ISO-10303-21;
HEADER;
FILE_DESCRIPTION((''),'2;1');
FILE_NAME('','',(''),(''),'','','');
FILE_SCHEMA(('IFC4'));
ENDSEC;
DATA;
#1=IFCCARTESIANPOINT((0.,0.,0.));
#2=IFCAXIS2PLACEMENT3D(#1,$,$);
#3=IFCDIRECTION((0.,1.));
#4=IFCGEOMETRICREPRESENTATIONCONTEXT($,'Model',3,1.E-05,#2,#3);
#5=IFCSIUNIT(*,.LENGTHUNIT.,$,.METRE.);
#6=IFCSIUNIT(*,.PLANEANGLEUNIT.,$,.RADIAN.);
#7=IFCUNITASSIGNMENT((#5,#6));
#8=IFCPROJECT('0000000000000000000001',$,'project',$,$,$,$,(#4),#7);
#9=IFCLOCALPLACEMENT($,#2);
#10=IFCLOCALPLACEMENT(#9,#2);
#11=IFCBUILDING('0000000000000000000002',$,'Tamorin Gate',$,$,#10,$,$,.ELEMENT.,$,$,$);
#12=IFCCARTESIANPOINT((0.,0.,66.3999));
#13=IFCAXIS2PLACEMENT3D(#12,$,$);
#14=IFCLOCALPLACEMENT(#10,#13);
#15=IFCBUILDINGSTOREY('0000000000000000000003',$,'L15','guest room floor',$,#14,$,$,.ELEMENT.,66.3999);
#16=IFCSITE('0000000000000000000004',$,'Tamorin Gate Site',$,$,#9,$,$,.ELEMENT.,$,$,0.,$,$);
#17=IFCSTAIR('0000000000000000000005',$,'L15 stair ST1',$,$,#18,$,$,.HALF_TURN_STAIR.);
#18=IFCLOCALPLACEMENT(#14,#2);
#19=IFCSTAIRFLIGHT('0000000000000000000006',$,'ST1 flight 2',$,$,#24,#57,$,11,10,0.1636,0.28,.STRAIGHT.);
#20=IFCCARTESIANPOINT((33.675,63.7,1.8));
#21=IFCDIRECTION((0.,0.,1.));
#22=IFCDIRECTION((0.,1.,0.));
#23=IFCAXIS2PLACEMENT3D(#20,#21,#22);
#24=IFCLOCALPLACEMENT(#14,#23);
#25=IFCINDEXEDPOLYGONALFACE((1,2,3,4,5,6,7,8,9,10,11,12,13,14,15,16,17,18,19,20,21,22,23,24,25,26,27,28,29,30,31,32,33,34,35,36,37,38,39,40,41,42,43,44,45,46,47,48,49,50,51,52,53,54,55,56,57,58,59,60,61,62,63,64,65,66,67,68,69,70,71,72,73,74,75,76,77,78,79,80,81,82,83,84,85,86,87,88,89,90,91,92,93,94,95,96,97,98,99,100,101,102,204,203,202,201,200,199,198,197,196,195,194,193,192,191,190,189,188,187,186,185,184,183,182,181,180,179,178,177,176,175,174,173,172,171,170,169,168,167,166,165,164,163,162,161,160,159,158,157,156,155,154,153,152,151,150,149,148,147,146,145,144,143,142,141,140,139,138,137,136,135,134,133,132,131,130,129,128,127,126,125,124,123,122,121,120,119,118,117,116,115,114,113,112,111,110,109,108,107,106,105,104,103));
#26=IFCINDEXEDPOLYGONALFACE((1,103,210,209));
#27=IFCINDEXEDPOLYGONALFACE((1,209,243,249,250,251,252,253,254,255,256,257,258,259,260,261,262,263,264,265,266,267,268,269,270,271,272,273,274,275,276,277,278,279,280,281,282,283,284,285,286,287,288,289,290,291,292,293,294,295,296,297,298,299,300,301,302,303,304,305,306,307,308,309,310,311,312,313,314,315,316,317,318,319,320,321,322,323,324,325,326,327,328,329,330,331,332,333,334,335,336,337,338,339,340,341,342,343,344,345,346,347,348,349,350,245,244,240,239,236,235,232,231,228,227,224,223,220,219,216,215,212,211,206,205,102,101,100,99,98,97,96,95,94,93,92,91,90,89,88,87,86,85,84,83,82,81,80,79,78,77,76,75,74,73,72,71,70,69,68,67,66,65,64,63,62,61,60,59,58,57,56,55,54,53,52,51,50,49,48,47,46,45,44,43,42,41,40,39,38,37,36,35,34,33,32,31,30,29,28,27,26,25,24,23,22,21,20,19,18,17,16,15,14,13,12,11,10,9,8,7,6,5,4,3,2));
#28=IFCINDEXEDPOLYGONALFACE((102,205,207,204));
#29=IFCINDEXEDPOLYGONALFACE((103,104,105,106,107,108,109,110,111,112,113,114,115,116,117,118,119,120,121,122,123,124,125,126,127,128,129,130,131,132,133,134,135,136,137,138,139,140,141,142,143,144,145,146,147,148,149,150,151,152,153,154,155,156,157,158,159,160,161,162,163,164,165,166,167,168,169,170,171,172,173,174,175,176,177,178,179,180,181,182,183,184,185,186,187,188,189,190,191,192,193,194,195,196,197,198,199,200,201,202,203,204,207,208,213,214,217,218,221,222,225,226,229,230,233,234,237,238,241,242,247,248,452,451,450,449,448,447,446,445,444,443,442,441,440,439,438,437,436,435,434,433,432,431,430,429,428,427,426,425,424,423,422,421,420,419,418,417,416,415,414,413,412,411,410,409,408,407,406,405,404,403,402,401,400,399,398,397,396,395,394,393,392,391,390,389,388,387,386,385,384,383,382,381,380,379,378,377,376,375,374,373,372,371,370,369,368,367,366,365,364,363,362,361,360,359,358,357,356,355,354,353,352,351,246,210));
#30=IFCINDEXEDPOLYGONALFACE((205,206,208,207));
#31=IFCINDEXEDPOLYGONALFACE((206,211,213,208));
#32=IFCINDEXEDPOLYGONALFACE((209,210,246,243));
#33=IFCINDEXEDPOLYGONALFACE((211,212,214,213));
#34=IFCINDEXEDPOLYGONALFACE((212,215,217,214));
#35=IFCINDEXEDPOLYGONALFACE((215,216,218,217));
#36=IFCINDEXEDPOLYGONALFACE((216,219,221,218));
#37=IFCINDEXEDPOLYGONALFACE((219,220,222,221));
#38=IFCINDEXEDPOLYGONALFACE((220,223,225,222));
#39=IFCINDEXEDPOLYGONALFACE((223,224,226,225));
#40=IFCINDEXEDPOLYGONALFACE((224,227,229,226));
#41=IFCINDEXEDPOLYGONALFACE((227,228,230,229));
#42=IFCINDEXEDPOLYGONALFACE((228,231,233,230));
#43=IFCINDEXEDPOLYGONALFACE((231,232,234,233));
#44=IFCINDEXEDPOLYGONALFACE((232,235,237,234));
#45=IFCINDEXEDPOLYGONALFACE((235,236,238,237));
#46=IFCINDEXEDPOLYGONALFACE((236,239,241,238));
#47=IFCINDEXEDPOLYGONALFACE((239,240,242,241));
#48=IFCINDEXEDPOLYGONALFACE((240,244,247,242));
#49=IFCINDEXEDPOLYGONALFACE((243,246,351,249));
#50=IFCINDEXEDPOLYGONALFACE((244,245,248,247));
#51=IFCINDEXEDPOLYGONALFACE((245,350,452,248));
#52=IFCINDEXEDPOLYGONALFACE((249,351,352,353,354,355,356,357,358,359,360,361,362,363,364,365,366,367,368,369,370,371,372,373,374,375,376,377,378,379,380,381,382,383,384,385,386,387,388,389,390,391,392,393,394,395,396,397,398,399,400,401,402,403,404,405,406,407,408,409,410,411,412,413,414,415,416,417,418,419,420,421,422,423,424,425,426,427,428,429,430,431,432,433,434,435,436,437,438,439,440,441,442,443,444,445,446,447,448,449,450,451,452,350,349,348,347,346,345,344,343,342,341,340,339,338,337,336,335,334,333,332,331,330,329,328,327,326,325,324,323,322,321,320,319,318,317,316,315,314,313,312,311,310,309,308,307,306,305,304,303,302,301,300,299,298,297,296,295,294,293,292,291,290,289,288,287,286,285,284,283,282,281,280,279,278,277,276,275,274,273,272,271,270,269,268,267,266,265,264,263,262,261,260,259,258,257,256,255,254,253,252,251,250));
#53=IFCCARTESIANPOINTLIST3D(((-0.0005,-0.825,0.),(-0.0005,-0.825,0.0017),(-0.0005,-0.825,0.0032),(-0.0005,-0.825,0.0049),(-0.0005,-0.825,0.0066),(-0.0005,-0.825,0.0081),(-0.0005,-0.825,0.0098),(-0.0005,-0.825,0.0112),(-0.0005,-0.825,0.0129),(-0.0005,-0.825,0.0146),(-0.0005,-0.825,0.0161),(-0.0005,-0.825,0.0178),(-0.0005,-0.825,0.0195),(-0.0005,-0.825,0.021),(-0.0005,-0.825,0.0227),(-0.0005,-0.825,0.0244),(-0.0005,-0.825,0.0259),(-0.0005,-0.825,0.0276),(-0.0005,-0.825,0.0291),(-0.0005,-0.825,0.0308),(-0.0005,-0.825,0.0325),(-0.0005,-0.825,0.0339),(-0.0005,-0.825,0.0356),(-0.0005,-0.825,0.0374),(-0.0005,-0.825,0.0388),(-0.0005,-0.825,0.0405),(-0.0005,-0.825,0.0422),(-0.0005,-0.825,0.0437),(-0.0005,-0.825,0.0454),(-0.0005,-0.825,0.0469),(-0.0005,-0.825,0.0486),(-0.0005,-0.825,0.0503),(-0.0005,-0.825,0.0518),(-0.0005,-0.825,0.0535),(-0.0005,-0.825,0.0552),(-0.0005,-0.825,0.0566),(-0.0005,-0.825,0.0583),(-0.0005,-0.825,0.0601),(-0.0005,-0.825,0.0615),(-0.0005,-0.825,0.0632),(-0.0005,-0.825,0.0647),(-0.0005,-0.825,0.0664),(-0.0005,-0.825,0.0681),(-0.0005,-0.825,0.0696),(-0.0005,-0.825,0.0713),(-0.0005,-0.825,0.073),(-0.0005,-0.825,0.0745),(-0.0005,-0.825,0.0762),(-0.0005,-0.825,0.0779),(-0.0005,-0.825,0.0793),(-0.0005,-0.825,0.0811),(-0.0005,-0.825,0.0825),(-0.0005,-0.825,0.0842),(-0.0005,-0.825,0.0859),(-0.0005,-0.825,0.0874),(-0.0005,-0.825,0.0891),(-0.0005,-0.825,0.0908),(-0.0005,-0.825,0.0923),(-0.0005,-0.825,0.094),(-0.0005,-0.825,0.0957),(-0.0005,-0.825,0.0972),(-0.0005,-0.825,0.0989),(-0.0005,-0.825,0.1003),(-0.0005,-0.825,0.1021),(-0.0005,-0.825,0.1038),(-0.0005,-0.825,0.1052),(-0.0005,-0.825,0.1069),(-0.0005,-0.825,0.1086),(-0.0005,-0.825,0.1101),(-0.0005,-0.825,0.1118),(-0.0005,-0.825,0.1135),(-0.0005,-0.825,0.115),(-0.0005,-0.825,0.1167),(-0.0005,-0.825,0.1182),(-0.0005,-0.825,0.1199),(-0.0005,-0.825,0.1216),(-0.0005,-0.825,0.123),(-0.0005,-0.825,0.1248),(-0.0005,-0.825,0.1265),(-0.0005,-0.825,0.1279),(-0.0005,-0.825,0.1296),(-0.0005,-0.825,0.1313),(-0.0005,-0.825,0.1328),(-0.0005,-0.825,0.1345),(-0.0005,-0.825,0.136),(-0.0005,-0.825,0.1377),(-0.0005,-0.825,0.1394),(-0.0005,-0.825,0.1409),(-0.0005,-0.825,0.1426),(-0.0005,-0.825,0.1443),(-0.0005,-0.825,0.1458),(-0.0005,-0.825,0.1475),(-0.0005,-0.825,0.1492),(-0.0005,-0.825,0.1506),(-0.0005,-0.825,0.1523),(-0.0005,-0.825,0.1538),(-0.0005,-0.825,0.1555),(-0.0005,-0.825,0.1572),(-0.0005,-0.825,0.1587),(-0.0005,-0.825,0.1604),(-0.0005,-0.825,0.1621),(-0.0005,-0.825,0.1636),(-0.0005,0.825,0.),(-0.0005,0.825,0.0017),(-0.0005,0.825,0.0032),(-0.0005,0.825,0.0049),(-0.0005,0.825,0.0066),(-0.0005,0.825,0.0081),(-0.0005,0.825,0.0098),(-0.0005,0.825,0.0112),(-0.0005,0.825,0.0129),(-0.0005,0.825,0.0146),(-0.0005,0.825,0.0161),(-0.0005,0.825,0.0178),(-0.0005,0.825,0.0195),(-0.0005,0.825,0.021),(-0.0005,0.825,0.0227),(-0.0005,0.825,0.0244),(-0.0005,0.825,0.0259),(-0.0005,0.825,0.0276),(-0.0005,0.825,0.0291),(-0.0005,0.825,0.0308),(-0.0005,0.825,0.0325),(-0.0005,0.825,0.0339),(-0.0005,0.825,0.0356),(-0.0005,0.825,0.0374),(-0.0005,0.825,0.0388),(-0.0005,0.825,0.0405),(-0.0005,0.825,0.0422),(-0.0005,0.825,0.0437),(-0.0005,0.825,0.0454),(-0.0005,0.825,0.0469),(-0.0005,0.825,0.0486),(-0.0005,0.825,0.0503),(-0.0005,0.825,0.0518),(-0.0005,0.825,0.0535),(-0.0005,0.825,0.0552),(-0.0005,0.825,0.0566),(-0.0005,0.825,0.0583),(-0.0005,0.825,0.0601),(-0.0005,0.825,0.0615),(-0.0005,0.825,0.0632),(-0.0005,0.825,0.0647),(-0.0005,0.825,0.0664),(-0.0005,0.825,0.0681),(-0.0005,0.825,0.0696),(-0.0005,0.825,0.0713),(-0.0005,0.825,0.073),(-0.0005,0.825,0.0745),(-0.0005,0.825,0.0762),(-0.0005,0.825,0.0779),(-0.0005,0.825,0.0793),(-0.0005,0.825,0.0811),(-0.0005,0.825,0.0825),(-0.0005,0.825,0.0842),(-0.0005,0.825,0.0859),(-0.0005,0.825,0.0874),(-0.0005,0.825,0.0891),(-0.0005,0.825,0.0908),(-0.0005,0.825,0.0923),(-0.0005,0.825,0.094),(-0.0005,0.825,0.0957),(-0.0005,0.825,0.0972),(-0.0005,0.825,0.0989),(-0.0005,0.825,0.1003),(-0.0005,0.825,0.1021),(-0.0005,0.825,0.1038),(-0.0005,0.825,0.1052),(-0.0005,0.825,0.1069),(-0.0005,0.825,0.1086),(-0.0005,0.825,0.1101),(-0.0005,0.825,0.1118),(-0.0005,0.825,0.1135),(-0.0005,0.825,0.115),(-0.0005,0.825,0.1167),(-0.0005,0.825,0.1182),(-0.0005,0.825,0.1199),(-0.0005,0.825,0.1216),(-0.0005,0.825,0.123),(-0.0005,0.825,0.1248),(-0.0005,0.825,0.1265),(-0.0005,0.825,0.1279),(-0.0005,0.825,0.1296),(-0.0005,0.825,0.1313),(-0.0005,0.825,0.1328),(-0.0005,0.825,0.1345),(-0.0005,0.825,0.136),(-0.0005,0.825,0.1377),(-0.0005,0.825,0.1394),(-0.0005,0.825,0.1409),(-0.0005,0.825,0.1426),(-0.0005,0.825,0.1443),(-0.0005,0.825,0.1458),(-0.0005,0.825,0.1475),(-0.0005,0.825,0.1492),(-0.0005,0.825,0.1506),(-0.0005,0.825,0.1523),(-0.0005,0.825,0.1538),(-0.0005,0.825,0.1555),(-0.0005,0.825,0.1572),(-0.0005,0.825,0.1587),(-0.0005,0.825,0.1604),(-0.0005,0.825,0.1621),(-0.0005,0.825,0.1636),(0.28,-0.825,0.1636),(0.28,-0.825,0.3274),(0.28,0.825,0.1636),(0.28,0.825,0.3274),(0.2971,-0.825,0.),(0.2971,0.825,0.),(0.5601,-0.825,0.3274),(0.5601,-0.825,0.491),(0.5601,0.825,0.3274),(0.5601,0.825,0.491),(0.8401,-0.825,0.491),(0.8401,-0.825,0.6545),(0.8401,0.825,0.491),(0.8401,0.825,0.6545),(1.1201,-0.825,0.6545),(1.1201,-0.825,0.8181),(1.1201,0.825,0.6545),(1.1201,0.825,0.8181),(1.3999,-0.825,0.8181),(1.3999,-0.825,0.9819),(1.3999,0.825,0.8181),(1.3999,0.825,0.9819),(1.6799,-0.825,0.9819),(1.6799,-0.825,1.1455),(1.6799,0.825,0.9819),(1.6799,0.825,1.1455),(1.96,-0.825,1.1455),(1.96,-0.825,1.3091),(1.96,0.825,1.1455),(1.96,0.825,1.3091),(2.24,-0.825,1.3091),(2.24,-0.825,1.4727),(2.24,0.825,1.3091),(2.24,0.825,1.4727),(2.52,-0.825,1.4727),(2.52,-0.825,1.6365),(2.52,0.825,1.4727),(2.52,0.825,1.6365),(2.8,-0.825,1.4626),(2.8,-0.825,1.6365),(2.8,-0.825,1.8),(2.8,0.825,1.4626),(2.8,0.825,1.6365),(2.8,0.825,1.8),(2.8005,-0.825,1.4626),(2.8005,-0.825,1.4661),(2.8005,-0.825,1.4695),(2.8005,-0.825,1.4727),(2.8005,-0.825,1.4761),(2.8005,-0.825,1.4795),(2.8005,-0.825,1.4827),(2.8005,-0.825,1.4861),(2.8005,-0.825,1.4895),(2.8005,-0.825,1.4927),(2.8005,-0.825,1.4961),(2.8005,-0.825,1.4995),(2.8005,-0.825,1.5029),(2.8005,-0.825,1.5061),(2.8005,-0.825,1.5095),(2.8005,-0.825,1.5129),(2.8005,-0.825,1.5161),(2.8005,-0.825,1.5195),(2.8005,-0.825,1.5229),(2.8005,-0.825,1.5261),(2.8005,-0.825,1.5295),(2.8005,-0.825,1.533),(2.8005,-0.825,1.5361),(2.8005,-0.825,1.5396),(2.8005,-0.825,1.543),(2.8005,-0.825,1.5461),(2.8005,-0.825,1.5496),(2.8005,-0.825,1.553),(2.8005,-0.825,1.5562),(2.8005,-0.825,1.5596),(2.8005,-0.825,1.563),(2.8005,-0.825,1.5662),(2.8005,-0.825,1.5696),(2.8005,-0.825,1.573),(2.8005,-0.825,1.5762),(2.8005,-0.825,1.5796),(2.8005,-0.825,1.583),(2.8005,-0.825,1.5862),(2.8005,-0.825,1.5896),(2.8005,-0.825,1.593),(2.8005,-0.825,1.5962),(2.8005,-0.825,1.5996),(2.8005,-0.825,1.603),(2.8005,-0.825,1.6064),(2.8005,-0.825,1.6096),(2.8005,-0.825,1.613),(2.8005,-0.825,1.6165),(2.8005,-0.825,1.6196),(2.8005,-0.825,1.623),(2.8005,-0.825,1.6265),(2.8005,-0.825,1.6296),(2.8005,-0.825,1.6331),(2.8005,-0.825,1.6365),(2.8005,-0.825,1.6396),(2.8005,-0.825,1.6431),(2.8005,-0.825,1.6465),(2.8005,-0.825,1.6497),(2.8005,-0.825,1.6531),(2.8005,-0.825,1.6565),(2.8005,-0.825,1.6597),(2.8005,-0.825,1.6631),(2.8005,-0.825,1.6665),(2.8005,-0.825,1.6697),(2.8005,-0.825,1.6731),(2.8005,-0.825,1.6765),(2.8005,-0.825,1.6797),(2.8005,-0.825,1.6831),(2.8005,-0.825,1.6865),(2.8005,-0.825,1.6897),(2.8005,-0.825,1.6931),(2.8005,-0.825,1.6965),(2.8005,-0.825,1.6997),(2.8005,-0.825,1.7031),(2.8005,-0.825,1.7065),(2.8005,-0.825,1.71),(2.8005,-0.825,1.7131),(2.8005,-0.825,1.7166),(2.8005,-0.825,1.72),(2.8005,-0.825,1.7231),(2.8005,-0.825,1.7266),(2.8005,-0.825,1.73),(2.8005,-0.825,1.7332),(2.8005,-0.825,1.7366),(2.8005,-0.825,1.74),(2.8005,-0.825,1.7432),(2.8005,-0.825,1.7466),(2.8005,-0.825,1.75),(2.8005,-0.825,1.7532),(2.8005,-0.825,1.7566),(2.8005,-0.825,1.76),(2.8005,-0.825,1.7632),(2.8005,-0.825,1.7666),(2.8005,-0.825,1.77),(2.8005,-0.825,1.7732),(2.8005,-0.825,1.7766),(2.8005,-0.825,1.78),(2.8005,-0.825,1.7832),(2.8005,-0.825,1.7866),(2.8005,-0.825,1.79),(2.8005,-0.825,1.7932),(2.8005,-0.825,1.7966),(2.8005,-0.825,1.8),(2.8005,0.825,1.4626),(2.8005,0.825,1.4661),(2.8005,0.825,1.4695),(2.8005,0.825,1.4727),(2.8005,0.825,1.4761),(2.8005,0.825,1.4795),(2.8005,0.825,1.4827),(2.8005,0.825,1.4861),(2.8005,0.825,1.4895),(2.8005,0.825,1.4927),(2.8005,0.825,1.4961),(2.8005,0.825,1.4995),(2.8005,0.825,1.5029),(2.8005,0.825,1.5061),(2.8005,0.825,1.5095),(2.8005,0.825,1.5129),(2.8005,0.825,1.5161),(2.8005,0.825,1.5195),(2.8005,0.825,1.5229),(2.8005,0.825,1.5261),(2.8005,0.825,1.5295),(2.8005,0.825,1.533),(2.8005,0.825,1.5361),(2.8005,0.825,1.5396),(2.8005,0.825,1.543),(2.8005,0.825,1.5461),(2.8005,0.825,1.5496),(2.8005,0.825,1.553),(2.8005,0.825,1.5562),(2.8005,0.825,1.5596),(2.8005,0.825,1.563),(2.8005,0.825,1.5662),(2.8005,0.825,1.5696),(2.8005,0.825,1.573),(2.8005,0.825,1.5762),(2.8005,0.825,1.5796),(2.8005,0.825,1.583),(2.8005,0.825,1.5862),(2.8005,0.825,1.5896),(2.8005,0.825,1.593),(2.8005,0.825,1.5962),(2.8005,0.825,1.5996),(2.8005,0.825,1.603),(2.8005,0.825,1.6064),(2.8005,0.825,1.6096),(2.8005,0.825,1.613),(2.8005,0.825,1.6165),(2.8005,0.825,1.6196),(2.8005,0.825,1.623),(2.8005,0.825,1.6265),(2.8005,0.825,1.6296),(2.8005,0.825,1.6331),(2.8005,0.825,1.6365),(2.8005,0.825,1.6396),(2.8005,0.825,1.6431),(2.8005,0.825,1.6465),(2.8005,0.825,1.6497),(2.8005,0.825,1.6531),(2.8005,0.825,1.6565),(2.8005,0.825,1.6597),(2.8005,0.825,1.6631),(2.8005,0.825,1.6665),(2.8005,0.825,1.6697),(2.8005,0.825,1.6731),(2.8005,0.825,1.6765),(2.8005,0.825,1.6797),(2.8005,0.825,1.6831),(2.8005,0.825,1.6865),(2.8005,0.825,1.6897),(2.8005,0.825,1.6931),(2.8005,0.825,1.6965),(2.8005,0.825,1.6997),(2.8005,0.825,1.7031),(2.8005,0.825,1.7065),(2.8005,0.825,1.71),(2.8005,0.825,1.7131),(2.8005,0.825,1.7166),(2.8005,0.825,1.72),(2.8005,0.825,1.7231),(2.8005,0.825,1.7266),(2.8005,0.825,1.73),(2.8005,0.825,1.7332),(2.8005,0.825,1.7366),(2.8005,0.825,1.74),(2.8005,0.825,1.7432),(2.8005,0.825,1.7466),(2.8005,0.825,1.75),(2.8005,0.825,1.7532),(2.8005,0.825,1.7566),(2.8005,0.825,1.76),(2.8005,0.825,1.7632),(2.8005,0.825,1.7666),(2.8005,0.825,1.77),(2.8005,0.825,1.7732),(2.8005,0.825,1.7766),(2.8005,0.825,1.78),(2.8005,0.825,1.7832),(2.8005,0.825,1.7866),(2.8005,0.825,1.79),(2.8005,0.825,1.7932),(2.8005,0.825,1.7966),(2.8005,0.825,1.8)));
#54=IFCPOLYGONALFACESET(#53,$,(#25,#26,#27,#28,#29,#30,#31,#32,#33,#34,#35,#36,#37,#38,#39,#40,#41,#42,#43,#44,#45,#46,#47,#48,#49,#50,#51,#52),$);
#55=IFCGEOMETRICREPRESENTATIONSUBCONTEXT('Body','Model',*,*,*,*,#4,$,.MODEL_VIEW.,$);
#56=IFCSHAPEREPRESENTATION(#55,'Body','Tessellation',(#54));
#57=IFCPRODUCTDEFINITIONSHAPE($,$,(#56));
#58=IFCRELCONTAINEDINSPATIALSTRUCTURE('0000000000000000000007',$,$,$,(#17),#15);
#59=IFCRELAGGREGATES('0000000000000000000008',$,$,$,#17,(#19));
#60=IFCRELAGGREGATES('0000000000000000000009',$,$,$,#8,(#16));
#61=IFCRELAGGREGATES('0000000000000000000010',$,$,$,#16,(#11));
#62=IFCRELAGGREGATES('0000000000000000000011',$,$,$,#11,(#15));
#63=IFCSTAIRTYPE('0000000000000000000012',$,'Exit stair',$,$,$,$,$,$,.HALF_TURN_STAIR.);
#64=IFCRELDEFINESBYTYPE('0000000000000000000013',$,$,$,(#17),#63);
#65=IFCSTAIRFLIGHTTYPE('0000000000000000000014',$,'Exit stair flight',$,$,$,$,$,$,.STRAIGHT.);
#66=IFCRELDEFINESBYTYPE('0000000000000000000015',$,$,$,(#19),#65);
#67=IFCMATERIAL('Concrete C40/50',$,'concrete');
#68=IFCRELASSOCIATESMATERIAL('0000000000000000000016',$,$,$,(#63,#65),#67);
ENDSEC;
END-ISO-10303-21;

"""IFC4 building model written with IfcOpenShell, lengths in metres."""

from ifc_helpers import new_model, si_unit, direction, frame, origin, place, context, subcontext, project, spatial, polyline, outline, extrude, material, type_object, element, aggregate, save


model = new_model("IFC4")

# Units and contexts
model_context = context("Model", 3, precision=1e-05, world=origin(), true_north=direction((0.0, 1.0)))
body_context = subcontext(model_context, "Body", "Model", "MODEL_VIEW")
ifc_project = project(units=[si_unit("LENGTHUNIT", "METRE"), si_unit("PLANEANGLEUNIT", "RADIAN")], contexts=[model_context])

# Site, building, storey
site_placement = place(None, origin())
site = spatial("IfcSite", under=ifc_project, at=site_placement, Name="Tamorin Gate Site", CompositionType="ELEMENT", RefElevation=0.0)
building_placement = place(site_placement, origin())
building = spatial("IfcBuilding", under=site, at=building_placement, Name="Tamorin Gate", CompositionType="ELEMENT")
storey_placement = place(building_placement, frame((0.0, 0.0, 66.3999)))
storey = spatial("IfcBuildingStorey", under=building, at=storey_placement, Name="L15", Description="guest room floor", CompositionType="ELEMENT", Elevation=66.3999)

# Shared definitions
ifc_material_1 = material(Name="Concrete C40/50", Category="concrete")

# Stair, stair flight
stair_type = type_object("IfcStairType", Name="Exit stair", PredefinedType="HALF_TURN_STAIR", material=ifc_material_1)
stair_placement = place(storey_placement, origin())
stair = element("IfcStair", 1, at=stair_placement, inside=storey, type_object=stair_type, Name="L15 stair ST1", PredefinedType="HALF_TURN_STAIR")
stair_flight_type = type_object("IfcStairFlightType", Name="Exit stair flight", PredefinedType="STRAIGHT", material=ifc_material_1)
stair_flight_1_placement = place(storey_placement, frame((33.675, 63.7, 1.8), z_axis=(0.0, 0.0, 1.0), x_axis=(0.0, 1.0, 0.0)))
stair_flight_1 = element("IfcStairFlight", 2, at=stair_flight_1_placement, type_object=stair_flight_type, Name="ST1 flight 2", NumberOfRisers=11, NumberOfTreads=10, PredefinedType="STRAIGHT", RiserHeight=0.1636, TreadLength=0.28, context=body_context, shape_type="SweptSolid", body=[
    extrude(outline(polyline([(-0.0005, 0.0), (-0.0005, 0.0017), (-0.0005, 0.0032), (-0.0005, 0.0049), (-0.0005, 0.0066), (-0.0005, 0.0081), (-0.0005, 0.0098), (-0.0005, 0.0112), (-0.0005, 0.0129), (-0.0005, 0.0146), (-0.0005, 0.0161), (-0.0005, 0.0178), (-0.0005, 0.0195), (-0.0005, 0.021), (-0.0005, 0.0227), (-0.0005, 0.0244), (-0.0005, 0.0259), (-0.0005, 0.0276), (-0.0005, 0.0291), (-0.0005, 0.0308), (-0.0005, 0.0325), (-0.0005, 0.0339), (-0.0005, 0.0356), (-0.0005, 0.0374), (-0.0005, 0.0388), (-0.0005, 0.0405), (-0.0005, 0.0422), (-0.0005, 0.0437), (-0.0005, 0.0454), (-0.0005, 0.0469), (-0.0005, 0.0486), (-0.0005, 0.0503), (-0.0005, 0.0518), (-0.0005, 0.0535), (-0.0005, 0.0552), (-0.0005, 0.0566), (-0.0005, 0.0583), (-0.0005, 0.0601), (-0.0005, 0.0615), (-0.0005, 0.0632), (-0.0005, 0.0647), (-0.0005, 0.0664), (-0.0005, 0.0681), (-0.0005, 0.0696), (-0.0005, 0.0713), (-0.0005, 0.073), (-0.0005, 0.0745), (-0.0005, 0.0762), (-0.0005, 0.0779), (-0.0005, 0.0793), (-0.0005, 0.0811), (-0.0005, 0.0825), (-0.0005, 0.0842), (-0.0005, 0.0859), (-0.0005, 0.0874), (-0.0005, 0.0891), (-0.0005, 0.0908), (-0.0005, 0.0923), (-0.0005, 0.094), (-0.0005, 0.0957), (-0.0005, 0.0972), (-0.0005, 0.0989), (-0.0005, 0.1003), (-0.0005, 0.1021), (-0.0005, 0.1038), (-0.0005, 0.1052), (-0.0005, 0.1069), (-0.0005, 0.1086), (-0.0005, 0.1101), (-0.0005, 0.1118), (-0.0005, 0.1135), (-0.0005, 0.115), (-0.0005, 0.1167), (-0.0005, 0.1182), (-0.0005, 0.1199), (-0.0005, 0.1216), (-0.0005, 0.123), (-0.0005, 0.1248), (-0.0005, 0.1265), (-0.0005, 0.1279), (-0.0005, 0.1296), (-0.0005, 0.1313), (-0.0005, 0.1328), (-0.0005, 0.1345), (-0.0005, 0.136), (-0.0005, 0.1377), (-0.0005, 0.1394), (-0.0005, 0.1409), (-0.0005, 0.1426), (-0.0005, 0.1443), (-0.0005, 0.1458), (-0.0005, 0.1475), (-0.0005, 0.1492), (-0.0005, 0.1506), (-0.0005, 0.1523), (-0.0005, 0.1538), (-0.0005, 0.1555), (-0.0005, 0.1572), (-0.0005, 0.1587), (-0.0005, 0.1604), (-0.0005, 0.1621), (-0.0005, 0.1636), (0.28, 0.1636), (0.28, 0.3274), (0.5601, 0.3274), (0.5601, 0.491), (0.8401, 0.491), (0.8401, 0.6545), (1.1201, 0.6545), (1.1201, 0.8181), (1.3999, 0.8181), (1.3999, 0.9819), (1.6799, 0.9819), (1.6799, 1.1455), (1.96, 1.1455), (1.96, 1.3091), (2.24, 1.3091), (2.24, 1.4727), (2.52, 1.4727), (2.52, 1.6365), (2.8, 1.6365), (2.8, 1.8), (2.8005, 1.8), (2.8005, 1.7966), (2.8005, 1.7932), (2.8005, 1.79), (2.8005, 1.7866), (2.8005, 1.7832), (2.8005, 1.78), (2.8005, 1.7766), (2.8005, 1.7732), (2.8005, 1.77), (2.8005, 1.7666), (2.8005, 1.7632), (2.8005, 1.76), (2.8005, 1.7566), (2.8005, 1.7532), (2.8005, 1.75), (2.8005, 1.7466), (2.8005, 1.7432), (2.8005, 1.74), (2.8005, 1.7366), (2.8005, 1.7332), (2.8005, 1.73), (2.8005, 1.7266), (2.8005, 1.7231), (2.8005, 1.72), (2.8005, 1.7166), (2.8005, 1.7131), (2.8005, 1.71), (2.8005, 1.7065), (2.8005, 1.7031), (2.8005, 1.6997), (2.8005, 1.6965), (2.8005, 1.6931), (2.8005, 1.6897), (2.8005, 1.6865), (2.8005, 1.6831), (2.8005, 1.6797), (2.8005, 1.6765), (2.8005, 1.6731), (2.8005, 1.6697), (2.8005, 1.6665), (2.8005, 1.6631), (2.8005, 1.6597), (2.8005, 1.6565), (2.8005, 1.6531), (2.8005, 1.6497), (2.8005, 1.6465), (2.8005, 1.6431), (2.8005, 1.6396), (2.8005, 1.6365), (2.8005, 1.6331), (2.8005, 1.6296), (2.8005, 1.6265), (2.8005, 1.623), (2.8005, 1.6196), (2.8005, 1.6165), (2.8005, 1.613), (2.8005, 1.6096), (2.8005, 1.6064), (2.8005, 1.603), (2.8005, 1.5996), (2.8005, 1.5962), (2.8005, 1.593), (2.8005, 1.5896), (2.8005, 1.5862), (2.8005, 1.583), (2.8005, 1.5796), (2.8005, 1.5762), (2.8005, 1.573), (2.8005, 1.5696), (2.8005, 1.5662), (2.8005, 1.563), (2.8005, 1.5596), (2.8005, 1.5562), (2.8005, 1.553), (2.8005, 1.5496), (2.8005, 1.5461), (2.8005, 1.543), (2.8005, 1.5396), (2.8005, 1.5361), (2.8005, 1.533), (2.8005, 1.5295), (2.8005, 1.5261), (2.8005, 1.5229), (2.8005, 1.5195), (2.8005, 1.5161), (2.8005, 1.5129), (2.8005, 1.5095), (2.8005, 1.5061), (2.8005, 1.5029), (2.8005, 1.4995), (2.8005, 1.4961), (2.8005, 1.4927), (2.8005, 1.4895), (2.8005, 1.4861), (2.8005, 1.4827), (2.8005, 1.4795), (2.8005, 1.4761), (2.8005, 1.4727), (2.8005, 1.4695), (2.8005, 1.4661), (2.8005, 1.4626), (2.8, 1.4626), (0.2971, 0.0), (-0.0005, 0.0)])), frame((0.0, 0.825, 0.0), z_axis=(0.0, -1.0, 0.0), x_axis=(1.0, 0.0, 0.0)), (0.0, 0.0, 1.0), 1.6499),
])
aggregate(stair, [stair_flight_1])

save(model, "model.ifc")
